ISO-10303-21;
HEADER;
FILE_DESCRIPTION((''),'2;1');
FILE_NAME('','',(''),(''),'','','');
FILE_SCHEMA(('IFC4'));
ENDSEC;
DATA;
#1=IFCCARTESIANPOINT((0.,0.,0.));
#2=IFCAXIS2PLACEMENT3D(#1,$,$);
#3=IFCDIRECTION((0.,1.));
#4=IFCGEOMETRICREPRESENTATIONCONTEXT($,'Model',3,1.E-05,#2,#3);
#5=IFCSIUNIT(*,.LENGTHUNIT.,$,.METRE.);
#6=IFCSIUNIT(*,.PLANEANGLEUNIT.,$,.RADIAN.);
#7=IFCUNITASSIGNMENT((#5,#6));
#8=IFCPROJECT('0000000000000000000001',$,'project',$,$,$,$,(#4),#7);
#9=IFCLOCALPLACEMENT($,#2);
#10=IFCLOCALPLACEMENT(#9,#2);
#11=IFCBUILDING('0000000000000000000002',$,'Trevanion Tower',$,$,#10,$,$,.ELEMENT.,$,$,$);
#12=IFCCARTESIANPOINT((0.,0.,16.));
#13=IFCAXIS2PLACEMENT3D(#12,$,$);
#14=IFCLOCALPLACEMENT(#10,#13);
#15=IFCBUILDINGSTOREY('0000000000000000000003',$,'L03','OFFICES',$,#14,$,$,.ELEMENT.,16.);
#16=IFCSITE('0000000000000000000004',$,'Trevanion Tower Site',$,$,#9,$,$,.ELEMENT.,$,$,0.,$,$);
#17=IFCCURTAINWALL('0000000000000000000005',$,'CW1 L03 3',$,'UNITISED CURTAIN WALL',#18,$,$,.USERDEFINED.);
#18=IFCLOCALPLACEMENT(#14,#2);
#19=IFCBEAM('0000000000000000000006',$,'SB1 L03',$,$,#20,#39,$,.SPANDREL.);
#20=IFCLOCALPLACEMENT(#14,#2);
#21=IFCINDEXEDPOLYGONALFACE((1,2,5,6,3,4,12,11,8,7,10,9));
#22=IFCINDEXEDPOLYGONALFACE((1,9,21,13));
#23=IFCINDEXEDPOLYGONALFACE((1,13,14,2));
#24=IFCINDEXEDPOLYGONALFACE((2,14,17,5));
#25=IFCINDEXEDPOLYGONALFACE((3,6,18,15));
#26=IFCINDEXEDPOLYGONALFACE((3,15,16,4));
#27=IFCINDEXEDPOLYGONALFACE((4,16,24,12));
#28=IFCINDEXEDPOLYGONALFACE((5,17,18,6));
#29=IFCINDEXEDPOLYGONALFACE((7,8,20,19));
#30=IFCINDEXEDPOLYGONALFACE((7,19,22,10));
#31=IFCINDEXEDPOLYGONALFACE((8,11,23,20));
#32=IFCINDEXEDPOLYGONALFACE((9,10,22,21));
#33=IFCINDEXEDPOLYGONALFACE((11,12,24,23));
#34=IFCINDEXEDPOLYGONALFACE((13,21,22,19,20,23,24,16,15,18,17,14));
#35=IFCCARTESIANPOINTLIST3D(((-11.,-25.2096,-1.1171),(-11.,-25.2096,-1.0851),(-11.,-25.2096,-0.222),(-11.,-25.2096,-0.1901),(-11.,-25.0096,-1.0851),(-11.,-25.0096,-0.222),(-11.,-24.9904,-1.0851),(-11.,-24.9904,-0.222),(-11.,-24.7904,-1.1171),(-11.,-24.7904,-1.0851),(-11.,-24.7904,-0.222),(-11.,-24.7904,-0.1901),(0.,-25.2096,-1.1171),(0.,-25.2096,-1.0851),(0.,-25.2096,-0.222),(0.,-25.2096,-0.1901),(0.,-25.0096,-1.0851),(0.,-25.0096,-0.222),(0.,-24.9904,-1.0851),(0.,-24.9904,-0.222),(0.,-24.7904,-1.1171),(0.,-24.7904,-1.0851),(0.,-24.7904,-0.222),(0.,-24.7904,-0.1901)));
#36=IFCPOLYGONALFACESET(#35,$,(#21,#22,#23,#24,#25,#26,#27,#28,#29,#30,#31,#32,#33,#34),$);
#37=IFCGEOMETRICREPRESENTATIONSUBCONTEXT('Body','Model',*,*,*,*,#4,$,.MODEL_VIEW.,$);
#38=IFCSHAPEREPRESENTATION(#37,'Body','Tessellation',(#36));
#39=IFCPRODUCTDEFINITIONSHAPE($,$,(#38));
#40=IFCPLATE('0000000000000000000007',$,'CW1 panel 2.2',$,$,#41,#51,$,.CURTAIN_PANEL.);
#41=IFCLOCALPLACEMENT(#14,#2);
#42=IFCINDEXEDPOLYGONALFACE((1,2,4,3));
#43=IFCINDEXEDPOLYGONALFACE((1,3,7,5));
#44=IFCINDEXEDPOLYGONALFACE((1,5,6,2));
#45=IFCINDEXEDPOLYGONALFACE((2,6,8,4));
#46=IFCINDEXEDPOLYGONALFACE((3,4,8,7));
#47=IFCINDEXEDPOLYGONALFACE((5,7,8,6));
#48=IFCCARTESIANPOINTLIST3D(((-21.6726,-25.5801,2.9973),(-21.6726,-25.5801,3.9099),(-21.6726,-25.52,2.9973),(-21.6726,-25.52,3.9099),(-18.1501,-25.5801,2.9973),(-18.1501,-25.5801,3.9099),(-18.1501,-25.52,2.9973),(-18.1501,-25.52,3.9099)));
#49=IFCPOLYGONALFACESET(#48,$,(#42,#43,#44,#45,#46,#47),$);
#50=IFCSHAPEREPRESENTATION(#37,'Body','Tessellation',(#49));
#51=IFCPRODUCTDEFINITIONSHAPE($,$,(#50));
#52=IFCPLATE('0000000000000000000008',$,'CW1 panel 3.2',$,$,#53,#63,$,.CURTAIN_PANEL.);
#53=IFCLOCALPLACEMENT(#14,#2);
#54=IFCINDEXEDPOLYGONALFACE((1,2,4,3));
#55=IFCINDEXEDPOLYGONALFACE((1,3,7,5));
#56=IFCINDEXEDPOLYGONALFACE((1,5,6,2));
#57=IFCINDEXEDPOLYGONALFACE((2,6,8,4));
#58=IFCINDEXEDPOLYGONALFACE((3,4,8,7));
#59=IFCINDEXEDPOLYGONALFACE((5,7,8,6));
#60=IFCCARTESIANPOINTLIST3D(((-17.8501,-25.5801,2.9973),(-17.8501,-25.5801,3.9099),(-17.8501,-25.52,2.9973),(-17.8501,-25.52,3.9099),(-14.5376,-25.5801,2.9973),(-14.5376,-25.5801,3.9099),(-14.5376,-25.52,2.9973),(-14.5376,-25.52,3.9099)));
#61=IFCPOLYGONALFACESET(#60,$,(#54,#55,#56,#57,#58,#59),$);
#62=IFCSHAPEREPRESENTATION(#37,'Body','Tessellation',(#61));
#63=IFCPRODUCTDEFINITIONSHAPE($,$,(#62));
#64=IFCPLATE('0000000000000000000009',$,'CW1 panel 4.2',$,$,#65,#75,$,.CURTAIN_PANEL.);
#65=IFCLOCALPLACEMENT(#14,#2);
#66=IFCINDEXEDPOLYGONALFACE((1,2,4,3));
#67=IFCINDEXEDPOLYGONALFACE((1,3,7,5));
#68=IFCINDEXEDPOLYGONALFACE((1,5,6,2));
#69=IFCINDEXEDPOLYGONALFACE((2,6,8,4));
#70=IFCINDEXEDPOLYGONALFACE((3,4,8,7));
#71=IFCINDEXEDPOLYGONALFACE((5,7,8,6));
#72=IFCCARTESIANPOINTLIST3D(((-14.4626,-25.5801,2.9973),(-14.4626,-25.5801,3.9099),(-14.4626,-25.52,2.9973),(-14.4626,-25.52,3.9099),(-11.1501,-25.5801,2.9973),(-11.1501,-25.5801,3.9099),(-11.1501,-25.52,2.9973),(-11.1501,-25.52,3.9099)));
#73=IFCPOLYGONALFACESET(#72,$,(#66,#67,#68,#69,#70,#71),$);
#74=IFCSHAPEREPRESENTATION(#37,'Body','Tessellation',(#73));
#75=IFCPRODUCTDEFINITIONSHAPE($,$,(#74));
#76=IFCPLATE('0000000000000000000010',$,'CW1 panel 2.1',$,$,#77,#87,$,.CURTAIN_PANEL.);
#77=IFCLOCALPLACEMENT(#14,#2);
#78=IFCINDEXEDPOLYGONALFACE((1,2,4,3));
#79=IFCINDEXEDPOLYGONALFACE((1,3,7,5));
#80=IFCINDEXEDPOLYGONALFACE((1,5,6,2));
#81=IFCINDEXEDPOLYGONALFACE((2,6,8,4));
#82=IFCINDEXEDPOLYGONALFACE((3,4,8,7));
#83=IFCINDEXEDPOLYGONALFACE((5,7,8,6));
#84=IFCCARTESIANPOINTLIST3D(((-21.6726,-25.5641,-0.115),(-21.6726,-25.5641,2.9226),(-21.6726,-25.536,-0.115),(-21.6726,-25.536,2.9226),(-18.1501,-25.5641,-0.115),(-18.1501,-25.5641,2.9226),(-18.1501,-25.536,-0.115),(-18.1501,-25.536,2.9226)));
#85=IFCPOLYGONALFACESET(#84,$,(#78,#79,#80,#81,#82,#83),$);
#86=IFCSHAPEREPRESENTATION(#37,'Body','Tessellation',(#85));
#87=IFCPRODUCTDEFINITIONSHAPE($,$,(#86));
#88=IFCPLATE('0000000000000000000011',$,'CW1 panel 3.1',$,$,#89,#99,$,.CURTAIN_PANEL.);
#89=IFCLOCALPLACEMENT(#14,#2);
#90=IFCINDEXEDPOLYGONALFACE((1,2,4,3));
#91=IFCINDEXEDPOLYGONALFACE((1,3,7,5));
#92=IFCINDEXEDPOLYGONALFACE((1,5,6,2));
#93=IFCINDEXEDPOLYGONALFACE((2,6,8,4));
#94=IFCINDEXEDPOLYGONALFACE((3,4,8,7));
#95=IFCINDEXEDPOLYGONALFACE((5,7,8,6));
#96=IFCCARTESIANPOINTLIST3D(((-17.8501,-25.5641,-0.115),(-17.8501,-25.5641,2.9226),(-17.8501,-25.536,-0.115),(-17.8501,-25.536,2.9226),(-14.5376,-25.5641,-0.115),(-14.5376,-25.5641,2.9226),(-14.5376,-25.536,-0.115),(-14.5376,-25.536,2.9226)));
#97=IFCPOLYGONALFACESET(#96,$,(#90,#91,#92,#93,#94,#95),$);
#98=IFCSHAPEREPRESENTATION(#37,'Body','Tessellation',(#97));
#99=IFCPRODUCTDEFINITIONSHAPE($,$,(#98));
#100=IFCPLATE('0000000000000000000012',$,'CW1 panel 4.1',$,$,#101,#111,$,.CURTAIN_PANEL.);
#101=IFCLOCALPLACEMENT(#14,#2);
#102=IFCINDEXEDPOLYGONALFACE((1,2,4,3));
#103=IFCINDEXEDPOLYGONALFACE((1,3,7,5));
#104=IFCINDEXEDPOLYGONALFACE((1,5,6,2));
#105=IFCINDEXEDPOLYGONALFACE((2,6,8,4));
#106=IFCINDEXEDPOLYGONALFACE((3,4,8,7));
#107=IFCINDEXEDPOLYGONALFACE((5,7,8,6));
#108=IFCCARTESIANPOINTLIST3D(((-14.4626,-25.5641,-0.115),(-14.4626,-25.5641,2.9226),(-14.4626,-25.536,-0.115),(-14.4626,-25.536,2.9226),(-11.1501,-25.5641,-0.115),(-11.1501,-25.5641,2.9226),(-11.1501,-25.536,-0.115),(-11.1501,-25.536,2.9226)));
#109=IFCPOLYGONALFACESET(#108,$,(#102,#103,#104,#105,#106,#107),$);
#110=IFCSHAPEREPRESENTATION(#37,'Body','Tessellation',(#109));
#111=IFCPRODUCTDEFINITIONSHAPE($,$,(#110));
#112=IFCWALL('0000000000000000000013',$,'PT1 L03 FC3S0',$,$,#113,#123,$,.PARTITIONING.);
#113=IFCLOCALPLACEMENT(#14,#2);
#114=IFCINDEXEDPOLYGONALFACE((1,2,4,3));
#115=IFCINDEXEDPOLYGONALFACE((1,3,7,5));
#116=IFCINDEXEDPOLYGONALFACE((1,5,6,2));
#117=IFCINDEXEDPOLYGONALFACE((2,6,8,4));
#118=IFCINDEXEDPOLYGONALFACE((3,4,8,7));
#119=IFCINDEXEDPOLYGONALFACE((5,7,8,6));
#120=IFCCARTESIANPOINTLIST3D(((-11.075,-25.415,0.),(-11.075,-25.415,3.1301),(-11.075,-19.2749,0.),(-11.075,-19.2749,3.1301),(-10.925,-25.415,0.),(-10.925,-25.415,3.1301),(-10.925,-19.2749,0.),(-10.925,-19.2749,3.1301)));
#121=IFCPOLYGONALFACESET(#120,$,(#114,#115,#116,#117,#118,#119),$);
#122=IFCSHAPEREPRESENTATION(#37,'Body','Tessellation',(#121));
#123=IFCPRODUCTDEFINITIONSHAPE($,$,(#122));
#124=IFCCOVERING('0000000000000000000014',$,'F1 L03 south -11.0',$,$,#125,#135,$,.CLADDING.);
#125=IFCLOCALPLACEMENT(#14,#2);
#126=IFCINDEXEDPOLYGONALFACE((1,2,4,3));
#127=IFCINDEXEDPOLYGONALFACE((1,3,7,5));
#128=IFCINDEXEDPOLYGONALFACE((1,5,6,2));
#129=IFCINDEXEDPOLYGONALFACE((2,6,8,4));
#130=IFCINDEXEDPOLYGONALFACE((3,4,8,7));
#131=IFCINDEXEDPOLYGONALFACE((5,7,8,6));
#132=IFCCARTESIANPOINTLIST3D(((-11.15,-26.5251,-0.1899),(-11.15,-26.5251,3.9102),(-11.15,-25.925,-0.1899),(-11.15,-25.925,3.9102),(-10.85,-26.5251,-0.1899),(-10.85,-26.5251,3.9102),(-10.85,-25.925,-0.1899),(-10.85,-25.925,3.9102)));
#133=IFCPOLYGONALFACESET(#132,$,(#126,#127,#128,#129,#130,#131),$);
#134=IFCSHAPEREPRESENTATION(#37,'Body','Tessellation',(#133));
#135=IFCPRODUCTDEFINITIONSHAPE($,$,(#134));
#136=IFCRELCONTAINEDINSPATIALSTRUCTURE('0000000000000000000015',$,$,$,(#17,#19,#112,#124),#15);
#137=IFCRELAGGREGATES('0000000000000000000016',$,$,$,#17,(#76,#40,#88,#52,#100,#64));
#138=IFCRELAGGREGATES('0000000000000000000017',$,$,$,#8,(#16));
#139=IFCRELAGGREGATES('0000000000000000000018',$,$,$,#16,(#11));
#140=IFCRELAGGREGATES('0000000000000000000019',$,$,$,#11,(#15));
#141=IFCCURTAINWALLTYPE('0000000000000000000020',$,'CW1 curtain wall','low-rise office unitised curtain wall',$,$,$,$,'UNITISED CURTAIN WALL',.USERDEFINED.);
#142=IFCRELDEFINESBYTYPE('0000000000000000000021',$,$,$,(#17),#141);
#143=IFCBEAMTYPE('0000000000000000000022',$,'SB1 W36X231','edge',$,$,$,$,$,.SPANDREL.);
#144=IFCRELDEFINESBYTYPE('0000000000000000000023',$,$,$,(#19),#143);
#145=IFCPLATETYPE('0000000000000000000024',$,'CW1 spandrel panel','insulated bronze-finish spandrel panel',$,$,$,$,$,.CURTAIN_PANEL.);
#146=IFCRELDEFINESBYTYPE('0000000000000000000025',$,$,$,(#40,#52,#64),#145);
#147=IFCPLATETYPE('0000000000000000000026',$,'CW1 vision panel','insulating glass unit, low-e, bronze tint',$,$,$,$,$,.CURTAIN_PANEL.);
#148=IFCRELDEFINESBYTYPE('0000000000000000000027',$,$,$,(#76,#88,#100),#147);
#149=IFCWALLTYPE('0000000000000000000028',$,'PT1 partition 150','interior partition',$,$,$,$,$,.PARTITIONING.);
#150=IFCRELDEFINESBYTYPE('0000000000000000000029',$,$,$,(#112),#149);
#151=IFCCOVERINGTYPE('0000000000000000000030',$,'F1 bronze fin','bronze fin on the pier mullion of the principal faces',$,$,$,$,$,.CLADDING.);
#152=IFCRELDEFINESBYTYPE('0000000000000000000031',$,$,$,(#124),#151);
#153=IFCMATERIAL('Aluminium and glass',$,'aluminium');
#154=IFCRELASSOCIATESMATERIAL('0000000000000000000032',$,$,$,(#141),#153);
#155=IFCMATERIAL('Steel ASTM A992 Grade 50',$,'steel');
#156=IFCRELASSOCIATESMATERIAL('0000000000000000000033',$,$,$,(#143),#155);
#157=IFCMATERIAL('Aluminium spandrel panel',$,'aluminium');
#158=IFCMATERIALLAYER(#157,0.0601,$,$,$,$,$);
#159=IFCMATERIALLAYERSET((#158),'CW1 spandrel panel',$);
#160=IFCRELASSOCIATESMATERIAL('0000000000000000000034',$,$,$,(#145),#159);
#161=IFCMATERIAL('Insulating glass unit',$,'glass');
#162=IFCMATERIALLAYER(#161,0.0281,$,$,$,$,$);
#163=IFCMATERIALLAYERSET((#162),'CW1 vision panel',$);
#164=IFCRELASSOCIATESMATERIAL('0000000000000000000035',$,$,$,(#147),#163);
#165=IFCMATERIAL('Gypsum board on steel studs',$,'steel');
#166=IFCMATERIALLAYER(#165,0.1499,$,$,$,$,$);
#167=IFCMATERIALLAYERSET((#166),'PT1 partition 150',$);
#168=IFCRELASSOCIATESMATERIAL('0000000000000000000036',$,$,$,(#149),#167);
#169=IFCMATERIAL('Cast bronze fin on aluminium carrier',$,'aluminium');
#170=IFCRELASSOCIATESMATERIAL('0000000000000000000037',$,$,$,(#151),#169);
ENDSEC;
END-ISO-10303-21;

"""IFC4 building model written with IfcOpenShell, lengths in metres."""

from ifc_helpers import new_model, si_unit, direction, frame, frame_2d, origin, origin_2d, place, context, subcontext, project, spatial, rectangle, i_section, extrude, material, layer, layer_set, material_profile, profile_set, type_object, element, aggregate, save


model = new_model("IFC4")

# Units and contexts
model_context = context("Model", 3, precision=1e-05, world=origin(), true_north=direction((0.0, 1.0)))
body_context = subcontext(model_context, "Body", "Model", "MODEL_VIEW")
ifc_project = project(units=[si_unit("LENGTHUNIT", "METRE"), si_unit("PLANEANGLEUNIT", "RADIAN")], contexts=[model_context])

# Site, building, storey
site_placement = place(None, origin())
site = spatial("IfcSite", under=ifc_project, at=site_placement, Name="Trevanion Tower Site", CompositionType="ELEMENT", RefElevation=0.0)
building_placement = place(site_placement, origin())
building = spatial("IfcBuilding", under=site, at=building_placement, Name="Trevanion Tower", CompositionType="ELEMENT")
storey_placement = place(building_placement, frame((0.0, 0.0, 16.0)))
storey = spatial("IfcBuildingStorey", under=building, at=storey_placement, Name="L03", Description="OFFICES", CompositionType="ELEMENT", Elevation=16.0)

# Curtain wall
ifc_material_1 = material(Name="Aluminium and glass", Category="aluminium")
curtain_wall_type = type_object("IfcCurtainWallType", Name="CW1 curtain wall", Description="low-rise office unitised curtain wall", ElementType="UNITISED CURTAIN WALL", PredefinedType="USERDEFINED", material=ifc_material_1)
curtain_wall_placement = place(storey_placement, origin())
curtain_wall = element("IfcCurtainWall", 1, at=curtain_wall_placement, inside=storey, type_object=curtain_wall_type, Name="CW1 L03 3", ObjectType="UNITISED CURTAIN WALL", PredefinedType="USERDEFINED")

# Beam
ifc_material_2 = material(Name="Steel ASTM A992 Grade 50", Category="steel")
ifc_material_profile_1 = material_profile(ifc_material_2, i_section(OverallWidth=0.4192, OverallDepth=0.927, WebThickness=0.0193, FlangeThickness=0.032, at=origin_2d()), Name="W36X231")
ifc_profile_set_1 = profile_set([ifc_material_profile_1], Name="Steel ASTM A992 Grade 50")
beam_type = type_object("IfcBeamType", Name="SB1 W36X231", Description="edge", PredefinedType="SPANDREL", material=ifc_profile_set_1)
beam_1_placement = place(storey_placement, frame((-11.0, -25.0, -0.6536), z_axis=(1.0, 0.0, 0.0), x_axis=(0.0, 1.0, 0.0)))
element("IfcBeam", 2, at=beam_1_placement, inside=storey, type_object=beam_type, Name="SB1 L03", PredefinedType="SPANDREL", context=body_context, shape_type="SweptSolid", body=[
    extrude(i_section(OverallWidth=0.4192, OverallDepth=0.927, WebThickness=0.0193, FlangeThickness=0.032, at=origin_2d()), origin(), (0.0, 0.0, 1.0), 11.0),
])

# Plates
ifc_material_3 = material(Name="Aluminium spandrel panel", Category="aluminium")
ifc_layer_1 = layer(ifc_material_3, 0.0601)
ifc_layer_set_1 = layer_set([ifc_layer_1], Name="CW1 spandrel panel")
plate_type_1 = type_object("IfcPlateType", Name="CW1 spandrel panel", Description="insulated bronze-finish spandrel panel", PredefinedType="CURTAIN_PANEL", material=ifc_layer_set_1)
plate_1_placement = place(storey_placement, frame((-19.9114, -25.55, 2.9973), z_axis=(0.0, 0.0, 1.0), x_axis=(1.0, 0.0, 0.0)))
plate_1 = element("IfcPlate", 3, at=plate_1_placement, type_object=plate_type_1, Name="CW1 panel 2.2", PredefinedType="CURTAIN_PANEL", context=body_context, shape_type="SweptSolid", body=[
    extrude(rectangle(XDim=3.5225, YDim=0.0601, at=origin_2d()), origin(), (0.0, 0.0, 1.0), 0.9126),
])
plate_2_placement = place(storey_placement, frame((-16.1938, -25.55, 2.9973), z_axis=(0.0, 0.0, 1.0), x_axis=(1.0, 0.0, 0.0)))
plate_2 = element("IfcPlate", 4, at=plate_2_placement, type_object=plate_type_1, Name="CW1 panel 3.2", PredefinedType="CURTAIN_PANEL", context=body_context, shape_type="SweptSolid", body=[
    extrude(rectangle(XDim=3.3125, YDim=0.0601, at=origin_2d()), origin(), (0.0, 0.0, 1.0), 0.9126),
])
plate_3_placement = place(storey_placement, frame((-12.8064, -25.55, 2.9973), z_axis=(0.0, 0.0, 1.0), x_axis=(1.0, 0.0, 0.0)))
plate_3 = element("IfcPlate", 5, at=plate_3_placement, type_object=plate_type_1, Name="CW1 panel 4.2", PredefinedType="CURTAIN_PANEL", context=body_context, shape_type="SweptSolid", body=[
    extrude(rectangle(XDim=3.3125, YDim=0.0601, at=origin_2d()), origin(), (0.0, 0.0, 1.0), 0.9126),
])
ifc_material_4 = material(Name="Insulating glass unit", Category="glass")
ifc_layer_2 = layer(ifc_material_4, 0.0281)
ifc_layer_set_2 = layer_set([ifc_layer_2], Name="CW1 vision panel")
plate_type_2 = type_object("IfcPlateType", Name="CW1 vision panel", Description="insulating glass unit, low-e, bronze tint", PredefinedType="CURTAIN_PANEL", material=ifc_layer_set_2)
plate_4_placement = place(storey_placement, frame((-19.9114, -25.55, -0.115), z_axis=(0.0, 0.0, 1.0), x_axis=(1.0, 0.0, 0.0)))
plate_4 = element("IfcPlate", 6, at=plate_4_placement, type_object=plate_type_2, Name="CW1 panel 2.1", PredefinedType="CURTAIN_PANEL", context=body_context, shape_type="SweptSolid", body=[
    extrude(rectangle(XDim=3.5225, YDim=0.0281, at=origin_2d()), origin(), (0.0, 0.0, 1.0), 3.0376),
])
plate_5_placement = place(storey_placement, frame((-16.1938, -25.55, -0.115), z_axis=(0.0, 0.0, 1.0), x_axis=(1.0, 0.0, 0.0)))
plate_5 = element("IfcPlate", 7, at=plate_5_placement, type_object=plate_type_2, Name="CW1 panel 3.1", PredefinedType="CURTAIN_PANEL", context=body_context, shape_type="SweptSolid", body=[
    extrude(rectangle(XDim=3.3125, YDim=0.0281, at=origin_2d()), origin(), (0.0, 0.0, 1.0), 3.0376),
])
plate_6_placement = place(storey_placement, frame((-12.8064, -25.55, -0.115), z_axis=(0.0, 0.0, 1.0), x_axis=(1.0, 0.0, 0.0)))
plate_6 = element("IfcPlate", 8, at=plate_6_placement, type_object=plate_type_2, Name="CW1 panel 4.1", PredefinedType="CURTAIN_PANEL", context=body_context, shape_type="SweptSolid", body=[
    extrude(rectangle(XDim=3.3125, YDim=0.0281, at=origin_2d()), origin(), (0.0, 0.0, 1.0), 3.0376),
])
aggregate(curtain_wall, [plate_4, plate_1, plate_5, plate_2, plate_6, plate_3])

# Wall
ifc_material_5 = material(Name="Gypsum board on steel studs", Category="steel")
ifc_layer_3 = layer(ifc_material_5, 0.1499)
ifc_layer_set_3 = layer_set([ifc_layer_3], Name="PT1 partition 150")
wall_type = type_object("IfcWallType", Name="PT1 partition 150", Description="interior partition", PredefinedType="PARTITIONING", material=ifc_layer_set_3)
wall_placement = place(storey_placement, frame((-11.0, -19.2749, 0.0), z_axis=(0.0, 0.0, 1.0), x_axis=(0.0, -1.0, 0.0)))
element("IfcWall", 9, at=wall_placement, inside=storey, type_object=wall_type, Name="PT1 L03 FC3S0", PredefinedType="PARTITIONING", context=body_context, shape_type="SweptSolid", body=[
    extrude(rectangle(XDim=6.1401, YDim=0.1499, at=frame_2d((3.0701, 0.0))), origin(), (0.0, 0.0, 1.0), 3.1301),
])

# Covering
ifc_material_6 = material(Name="Cast bronze fin on aluminium carrier", Category="aluminium")
covering_type = type_object("IfcCoveringType", Name="F1 bronze fin", Description="bronze fin on the pier mullion of the principal faces", PredefinedType="CLADDING", material=ifc_material_6)
covering_placement = place(storey_placement, frame((-11.0, -26.2251, -0.1899), z_axis=(0.0, 0.0, 1.0), x_axis=(1.0, 0.0, 0.0)))
element("IfcCovering", 10, at=covering_placement, inside=storey, type_object=covering_type, Name="F1 L03 south -11.0", PredefinedType="CLADDING", context=body_context, shape_type="SweptSolid", body=[
    extrude(rectangle(XDim=0.3, YDim=0.6001, at=origin_2d()), origin(), (0.0, 0.0, 1.0), 4.1001),
])

save(model, "model.ifc")
